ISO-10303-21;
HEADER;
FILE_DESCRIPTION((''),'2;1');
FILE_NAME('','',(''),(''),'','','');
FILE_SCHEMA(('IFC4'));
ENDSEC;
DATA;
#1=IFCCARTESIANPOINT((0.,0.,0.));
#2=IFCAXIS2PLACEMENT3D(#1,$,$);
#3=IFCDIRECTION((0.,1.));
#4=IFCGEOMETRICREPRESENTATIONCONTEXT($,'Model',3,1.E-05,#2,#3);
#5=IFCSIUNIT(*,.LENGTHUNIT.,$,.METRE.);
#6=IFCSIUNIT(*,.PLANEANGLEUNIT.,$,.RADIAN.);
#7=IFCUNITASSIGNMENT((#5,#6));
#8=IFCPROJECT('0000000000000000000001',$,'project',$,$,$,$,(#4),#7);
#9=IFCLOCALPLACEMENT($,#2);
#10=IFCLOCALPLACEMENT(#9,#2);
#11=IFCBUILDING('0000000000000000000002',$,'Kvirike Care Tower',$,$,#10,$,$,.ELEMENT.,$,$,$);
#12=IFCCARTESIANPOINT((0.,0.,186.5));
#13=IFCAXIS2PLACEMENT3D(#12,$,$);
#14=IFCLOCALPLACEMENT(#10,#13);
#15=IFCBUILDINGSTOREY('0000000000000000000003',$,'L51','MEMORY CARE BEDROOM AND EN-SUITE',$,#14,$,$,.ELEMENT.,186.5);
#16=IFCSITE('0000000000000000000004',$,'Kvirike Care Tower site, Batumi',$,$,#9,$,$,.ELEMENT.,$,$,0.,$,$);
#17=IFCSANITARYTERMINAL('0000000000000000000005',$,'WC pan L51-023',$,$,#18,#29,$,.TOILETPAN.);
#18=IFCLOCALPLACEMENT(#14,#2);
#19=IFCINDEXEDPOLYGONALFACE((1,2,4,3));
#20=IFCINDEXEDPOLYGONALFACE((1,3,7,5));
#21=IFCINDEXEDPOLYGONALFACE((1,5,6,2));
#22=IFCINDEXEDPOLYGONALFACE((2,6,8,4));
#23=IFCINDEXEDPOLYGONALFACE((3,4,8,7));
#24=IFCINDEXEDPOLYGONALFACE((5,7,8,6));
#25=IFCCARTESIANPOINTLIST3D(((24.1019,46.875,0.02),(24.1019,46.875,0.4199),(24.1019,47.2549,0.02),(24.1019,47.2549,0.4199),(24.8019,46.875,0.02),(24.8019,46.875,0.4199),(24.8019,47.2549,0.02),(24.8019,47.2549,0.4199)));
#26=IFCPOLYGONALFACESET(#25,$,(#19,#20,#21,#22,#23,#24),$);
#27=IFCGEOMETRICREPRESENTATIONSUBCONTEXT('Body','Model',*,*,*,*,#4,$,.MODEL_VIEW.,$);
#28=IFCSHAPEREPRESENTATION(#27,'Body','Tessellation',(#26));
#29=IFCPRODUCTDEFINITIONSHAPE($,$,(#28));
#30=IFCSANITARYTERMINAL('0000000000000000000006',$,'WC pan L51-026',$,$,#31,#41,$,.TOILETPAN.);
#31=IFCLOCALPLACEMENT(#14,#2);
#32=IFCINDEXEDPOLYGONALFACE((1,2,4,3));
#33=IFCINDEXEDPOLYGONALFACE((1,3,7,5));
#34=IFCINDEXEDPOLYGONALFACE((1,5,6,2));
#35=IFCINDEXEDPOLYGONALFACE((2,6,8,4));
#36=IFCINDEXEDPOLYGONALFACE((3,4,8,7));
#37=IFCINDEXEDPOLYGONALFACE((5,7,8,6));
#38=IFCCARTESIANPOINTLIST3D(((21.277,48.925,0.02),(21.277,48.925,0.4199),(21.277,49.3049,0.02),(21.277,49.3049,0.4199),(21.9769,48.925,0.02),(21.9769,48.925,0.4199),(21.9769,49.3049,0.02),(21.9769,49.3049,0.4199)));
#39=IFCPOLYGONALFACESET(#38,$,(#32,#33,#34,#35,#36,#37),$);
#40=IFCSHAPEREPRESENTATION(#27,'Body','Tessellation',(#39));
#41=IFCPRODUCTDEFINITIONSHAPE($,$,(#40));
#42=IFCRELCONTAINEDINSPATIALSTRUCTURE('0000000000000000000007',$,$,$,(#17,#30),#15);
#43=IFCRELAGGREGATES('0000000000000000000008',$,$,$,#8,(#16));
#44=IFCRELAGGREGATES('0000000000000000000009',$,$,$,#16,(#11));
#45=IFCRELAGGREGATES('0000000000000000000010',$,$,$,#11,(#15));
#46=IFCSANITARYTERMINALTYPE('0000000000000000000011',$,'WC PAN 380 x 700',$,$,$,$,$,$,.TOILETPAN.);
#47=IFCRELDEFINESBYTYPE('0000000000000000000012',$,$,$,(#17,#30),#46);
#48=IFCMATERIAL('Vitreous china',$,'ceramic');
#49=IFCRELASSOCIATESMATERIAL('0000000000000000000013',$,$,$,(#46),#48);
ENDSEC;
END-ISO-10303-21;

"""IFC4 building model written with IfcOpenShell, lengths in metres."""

from ifc_helpers import new_model, si_unit, direction, frame, origin, origin_2d, place, context, subcontext, project, spatial, rectangle, extrude, material, type_object, element, save


model = new_model("IFC4")

# Units and contexts
model_context = context("Model", 3, precision=1e-05, world=origin(), true_north=direction((0.0, 1.0)))
body_context = subcontext(model_context, "Body", "Model", "MODEL_VIEW")
ifc_project = project(units=[si_unit("LENGTHUNIT", "METRE"), si_unit("PLANEANGLEUNIT", "RADIAN")], contexts=[model_context])

# Site, building, storey
site_placement = place(None, origin())
site = spatial("IfcSite", under=ifc_project, at=site_placement, Name="Kvirike Care Tower site, Batumi", CompositionType="ELEMENT", RefElevation=0.0)
building_placement = place(site_placement, origin())
building = spatial("IfcBuilding", under=site, at=building_placement, Name="Kvirike Care Tower", CompositionType="ELEMENT")
storey_placement = place(building_placement, frame((0.0, 0.0, 186.5)))
storey = spatial("IfcBuildingStorey", under=building, at=storey_placement, Name="L51", Description="MEMORY CARE BEDROOM AND EN-SUITE", CompositionType="ELEMENT", Elevation=186.5)

# Sanitary terminals
ifc_material_1 = material(Name="Vitreous china", Category="ceramic")
sanitary_terminal_type_1 = type_object("IfcSanitaryTerminalType", Name="WC PAN 380 x 700", PredefinedType="TOILETPAN", material=ifc_material_1)
for number, where, z_axis, x_axis, name in (
    (1, (24.4519, 47.0649, 0.02), (0.0, 0.0, 1.0), (0.0, 1.0, 0.0), "WC pan L51-023"),
    (2, (21.627, 49.115, 0.02), (0.0, 0.0, 1.0), (0.0, 1.0, 0.0), "WC pan L51-026"),
):
    element("IfcSanitaryTerminal", number, at=place(storey_placement, frame(where, z_axis=z_axis, x_axis=x_axis)), inside=storey, type_object=sanitary_terminal_type_1, Name=name, PredefinedType="TOILETPAN", context=body_context, shape_type="SweptSolid", body=[
        extrude(rectangle(XDim=0.3799, YDim=0.7, at=origin_2d()), origin(), (0.0, 0.0, 1.0), 0.3999),
    ])

save(model, "model.ifc")
